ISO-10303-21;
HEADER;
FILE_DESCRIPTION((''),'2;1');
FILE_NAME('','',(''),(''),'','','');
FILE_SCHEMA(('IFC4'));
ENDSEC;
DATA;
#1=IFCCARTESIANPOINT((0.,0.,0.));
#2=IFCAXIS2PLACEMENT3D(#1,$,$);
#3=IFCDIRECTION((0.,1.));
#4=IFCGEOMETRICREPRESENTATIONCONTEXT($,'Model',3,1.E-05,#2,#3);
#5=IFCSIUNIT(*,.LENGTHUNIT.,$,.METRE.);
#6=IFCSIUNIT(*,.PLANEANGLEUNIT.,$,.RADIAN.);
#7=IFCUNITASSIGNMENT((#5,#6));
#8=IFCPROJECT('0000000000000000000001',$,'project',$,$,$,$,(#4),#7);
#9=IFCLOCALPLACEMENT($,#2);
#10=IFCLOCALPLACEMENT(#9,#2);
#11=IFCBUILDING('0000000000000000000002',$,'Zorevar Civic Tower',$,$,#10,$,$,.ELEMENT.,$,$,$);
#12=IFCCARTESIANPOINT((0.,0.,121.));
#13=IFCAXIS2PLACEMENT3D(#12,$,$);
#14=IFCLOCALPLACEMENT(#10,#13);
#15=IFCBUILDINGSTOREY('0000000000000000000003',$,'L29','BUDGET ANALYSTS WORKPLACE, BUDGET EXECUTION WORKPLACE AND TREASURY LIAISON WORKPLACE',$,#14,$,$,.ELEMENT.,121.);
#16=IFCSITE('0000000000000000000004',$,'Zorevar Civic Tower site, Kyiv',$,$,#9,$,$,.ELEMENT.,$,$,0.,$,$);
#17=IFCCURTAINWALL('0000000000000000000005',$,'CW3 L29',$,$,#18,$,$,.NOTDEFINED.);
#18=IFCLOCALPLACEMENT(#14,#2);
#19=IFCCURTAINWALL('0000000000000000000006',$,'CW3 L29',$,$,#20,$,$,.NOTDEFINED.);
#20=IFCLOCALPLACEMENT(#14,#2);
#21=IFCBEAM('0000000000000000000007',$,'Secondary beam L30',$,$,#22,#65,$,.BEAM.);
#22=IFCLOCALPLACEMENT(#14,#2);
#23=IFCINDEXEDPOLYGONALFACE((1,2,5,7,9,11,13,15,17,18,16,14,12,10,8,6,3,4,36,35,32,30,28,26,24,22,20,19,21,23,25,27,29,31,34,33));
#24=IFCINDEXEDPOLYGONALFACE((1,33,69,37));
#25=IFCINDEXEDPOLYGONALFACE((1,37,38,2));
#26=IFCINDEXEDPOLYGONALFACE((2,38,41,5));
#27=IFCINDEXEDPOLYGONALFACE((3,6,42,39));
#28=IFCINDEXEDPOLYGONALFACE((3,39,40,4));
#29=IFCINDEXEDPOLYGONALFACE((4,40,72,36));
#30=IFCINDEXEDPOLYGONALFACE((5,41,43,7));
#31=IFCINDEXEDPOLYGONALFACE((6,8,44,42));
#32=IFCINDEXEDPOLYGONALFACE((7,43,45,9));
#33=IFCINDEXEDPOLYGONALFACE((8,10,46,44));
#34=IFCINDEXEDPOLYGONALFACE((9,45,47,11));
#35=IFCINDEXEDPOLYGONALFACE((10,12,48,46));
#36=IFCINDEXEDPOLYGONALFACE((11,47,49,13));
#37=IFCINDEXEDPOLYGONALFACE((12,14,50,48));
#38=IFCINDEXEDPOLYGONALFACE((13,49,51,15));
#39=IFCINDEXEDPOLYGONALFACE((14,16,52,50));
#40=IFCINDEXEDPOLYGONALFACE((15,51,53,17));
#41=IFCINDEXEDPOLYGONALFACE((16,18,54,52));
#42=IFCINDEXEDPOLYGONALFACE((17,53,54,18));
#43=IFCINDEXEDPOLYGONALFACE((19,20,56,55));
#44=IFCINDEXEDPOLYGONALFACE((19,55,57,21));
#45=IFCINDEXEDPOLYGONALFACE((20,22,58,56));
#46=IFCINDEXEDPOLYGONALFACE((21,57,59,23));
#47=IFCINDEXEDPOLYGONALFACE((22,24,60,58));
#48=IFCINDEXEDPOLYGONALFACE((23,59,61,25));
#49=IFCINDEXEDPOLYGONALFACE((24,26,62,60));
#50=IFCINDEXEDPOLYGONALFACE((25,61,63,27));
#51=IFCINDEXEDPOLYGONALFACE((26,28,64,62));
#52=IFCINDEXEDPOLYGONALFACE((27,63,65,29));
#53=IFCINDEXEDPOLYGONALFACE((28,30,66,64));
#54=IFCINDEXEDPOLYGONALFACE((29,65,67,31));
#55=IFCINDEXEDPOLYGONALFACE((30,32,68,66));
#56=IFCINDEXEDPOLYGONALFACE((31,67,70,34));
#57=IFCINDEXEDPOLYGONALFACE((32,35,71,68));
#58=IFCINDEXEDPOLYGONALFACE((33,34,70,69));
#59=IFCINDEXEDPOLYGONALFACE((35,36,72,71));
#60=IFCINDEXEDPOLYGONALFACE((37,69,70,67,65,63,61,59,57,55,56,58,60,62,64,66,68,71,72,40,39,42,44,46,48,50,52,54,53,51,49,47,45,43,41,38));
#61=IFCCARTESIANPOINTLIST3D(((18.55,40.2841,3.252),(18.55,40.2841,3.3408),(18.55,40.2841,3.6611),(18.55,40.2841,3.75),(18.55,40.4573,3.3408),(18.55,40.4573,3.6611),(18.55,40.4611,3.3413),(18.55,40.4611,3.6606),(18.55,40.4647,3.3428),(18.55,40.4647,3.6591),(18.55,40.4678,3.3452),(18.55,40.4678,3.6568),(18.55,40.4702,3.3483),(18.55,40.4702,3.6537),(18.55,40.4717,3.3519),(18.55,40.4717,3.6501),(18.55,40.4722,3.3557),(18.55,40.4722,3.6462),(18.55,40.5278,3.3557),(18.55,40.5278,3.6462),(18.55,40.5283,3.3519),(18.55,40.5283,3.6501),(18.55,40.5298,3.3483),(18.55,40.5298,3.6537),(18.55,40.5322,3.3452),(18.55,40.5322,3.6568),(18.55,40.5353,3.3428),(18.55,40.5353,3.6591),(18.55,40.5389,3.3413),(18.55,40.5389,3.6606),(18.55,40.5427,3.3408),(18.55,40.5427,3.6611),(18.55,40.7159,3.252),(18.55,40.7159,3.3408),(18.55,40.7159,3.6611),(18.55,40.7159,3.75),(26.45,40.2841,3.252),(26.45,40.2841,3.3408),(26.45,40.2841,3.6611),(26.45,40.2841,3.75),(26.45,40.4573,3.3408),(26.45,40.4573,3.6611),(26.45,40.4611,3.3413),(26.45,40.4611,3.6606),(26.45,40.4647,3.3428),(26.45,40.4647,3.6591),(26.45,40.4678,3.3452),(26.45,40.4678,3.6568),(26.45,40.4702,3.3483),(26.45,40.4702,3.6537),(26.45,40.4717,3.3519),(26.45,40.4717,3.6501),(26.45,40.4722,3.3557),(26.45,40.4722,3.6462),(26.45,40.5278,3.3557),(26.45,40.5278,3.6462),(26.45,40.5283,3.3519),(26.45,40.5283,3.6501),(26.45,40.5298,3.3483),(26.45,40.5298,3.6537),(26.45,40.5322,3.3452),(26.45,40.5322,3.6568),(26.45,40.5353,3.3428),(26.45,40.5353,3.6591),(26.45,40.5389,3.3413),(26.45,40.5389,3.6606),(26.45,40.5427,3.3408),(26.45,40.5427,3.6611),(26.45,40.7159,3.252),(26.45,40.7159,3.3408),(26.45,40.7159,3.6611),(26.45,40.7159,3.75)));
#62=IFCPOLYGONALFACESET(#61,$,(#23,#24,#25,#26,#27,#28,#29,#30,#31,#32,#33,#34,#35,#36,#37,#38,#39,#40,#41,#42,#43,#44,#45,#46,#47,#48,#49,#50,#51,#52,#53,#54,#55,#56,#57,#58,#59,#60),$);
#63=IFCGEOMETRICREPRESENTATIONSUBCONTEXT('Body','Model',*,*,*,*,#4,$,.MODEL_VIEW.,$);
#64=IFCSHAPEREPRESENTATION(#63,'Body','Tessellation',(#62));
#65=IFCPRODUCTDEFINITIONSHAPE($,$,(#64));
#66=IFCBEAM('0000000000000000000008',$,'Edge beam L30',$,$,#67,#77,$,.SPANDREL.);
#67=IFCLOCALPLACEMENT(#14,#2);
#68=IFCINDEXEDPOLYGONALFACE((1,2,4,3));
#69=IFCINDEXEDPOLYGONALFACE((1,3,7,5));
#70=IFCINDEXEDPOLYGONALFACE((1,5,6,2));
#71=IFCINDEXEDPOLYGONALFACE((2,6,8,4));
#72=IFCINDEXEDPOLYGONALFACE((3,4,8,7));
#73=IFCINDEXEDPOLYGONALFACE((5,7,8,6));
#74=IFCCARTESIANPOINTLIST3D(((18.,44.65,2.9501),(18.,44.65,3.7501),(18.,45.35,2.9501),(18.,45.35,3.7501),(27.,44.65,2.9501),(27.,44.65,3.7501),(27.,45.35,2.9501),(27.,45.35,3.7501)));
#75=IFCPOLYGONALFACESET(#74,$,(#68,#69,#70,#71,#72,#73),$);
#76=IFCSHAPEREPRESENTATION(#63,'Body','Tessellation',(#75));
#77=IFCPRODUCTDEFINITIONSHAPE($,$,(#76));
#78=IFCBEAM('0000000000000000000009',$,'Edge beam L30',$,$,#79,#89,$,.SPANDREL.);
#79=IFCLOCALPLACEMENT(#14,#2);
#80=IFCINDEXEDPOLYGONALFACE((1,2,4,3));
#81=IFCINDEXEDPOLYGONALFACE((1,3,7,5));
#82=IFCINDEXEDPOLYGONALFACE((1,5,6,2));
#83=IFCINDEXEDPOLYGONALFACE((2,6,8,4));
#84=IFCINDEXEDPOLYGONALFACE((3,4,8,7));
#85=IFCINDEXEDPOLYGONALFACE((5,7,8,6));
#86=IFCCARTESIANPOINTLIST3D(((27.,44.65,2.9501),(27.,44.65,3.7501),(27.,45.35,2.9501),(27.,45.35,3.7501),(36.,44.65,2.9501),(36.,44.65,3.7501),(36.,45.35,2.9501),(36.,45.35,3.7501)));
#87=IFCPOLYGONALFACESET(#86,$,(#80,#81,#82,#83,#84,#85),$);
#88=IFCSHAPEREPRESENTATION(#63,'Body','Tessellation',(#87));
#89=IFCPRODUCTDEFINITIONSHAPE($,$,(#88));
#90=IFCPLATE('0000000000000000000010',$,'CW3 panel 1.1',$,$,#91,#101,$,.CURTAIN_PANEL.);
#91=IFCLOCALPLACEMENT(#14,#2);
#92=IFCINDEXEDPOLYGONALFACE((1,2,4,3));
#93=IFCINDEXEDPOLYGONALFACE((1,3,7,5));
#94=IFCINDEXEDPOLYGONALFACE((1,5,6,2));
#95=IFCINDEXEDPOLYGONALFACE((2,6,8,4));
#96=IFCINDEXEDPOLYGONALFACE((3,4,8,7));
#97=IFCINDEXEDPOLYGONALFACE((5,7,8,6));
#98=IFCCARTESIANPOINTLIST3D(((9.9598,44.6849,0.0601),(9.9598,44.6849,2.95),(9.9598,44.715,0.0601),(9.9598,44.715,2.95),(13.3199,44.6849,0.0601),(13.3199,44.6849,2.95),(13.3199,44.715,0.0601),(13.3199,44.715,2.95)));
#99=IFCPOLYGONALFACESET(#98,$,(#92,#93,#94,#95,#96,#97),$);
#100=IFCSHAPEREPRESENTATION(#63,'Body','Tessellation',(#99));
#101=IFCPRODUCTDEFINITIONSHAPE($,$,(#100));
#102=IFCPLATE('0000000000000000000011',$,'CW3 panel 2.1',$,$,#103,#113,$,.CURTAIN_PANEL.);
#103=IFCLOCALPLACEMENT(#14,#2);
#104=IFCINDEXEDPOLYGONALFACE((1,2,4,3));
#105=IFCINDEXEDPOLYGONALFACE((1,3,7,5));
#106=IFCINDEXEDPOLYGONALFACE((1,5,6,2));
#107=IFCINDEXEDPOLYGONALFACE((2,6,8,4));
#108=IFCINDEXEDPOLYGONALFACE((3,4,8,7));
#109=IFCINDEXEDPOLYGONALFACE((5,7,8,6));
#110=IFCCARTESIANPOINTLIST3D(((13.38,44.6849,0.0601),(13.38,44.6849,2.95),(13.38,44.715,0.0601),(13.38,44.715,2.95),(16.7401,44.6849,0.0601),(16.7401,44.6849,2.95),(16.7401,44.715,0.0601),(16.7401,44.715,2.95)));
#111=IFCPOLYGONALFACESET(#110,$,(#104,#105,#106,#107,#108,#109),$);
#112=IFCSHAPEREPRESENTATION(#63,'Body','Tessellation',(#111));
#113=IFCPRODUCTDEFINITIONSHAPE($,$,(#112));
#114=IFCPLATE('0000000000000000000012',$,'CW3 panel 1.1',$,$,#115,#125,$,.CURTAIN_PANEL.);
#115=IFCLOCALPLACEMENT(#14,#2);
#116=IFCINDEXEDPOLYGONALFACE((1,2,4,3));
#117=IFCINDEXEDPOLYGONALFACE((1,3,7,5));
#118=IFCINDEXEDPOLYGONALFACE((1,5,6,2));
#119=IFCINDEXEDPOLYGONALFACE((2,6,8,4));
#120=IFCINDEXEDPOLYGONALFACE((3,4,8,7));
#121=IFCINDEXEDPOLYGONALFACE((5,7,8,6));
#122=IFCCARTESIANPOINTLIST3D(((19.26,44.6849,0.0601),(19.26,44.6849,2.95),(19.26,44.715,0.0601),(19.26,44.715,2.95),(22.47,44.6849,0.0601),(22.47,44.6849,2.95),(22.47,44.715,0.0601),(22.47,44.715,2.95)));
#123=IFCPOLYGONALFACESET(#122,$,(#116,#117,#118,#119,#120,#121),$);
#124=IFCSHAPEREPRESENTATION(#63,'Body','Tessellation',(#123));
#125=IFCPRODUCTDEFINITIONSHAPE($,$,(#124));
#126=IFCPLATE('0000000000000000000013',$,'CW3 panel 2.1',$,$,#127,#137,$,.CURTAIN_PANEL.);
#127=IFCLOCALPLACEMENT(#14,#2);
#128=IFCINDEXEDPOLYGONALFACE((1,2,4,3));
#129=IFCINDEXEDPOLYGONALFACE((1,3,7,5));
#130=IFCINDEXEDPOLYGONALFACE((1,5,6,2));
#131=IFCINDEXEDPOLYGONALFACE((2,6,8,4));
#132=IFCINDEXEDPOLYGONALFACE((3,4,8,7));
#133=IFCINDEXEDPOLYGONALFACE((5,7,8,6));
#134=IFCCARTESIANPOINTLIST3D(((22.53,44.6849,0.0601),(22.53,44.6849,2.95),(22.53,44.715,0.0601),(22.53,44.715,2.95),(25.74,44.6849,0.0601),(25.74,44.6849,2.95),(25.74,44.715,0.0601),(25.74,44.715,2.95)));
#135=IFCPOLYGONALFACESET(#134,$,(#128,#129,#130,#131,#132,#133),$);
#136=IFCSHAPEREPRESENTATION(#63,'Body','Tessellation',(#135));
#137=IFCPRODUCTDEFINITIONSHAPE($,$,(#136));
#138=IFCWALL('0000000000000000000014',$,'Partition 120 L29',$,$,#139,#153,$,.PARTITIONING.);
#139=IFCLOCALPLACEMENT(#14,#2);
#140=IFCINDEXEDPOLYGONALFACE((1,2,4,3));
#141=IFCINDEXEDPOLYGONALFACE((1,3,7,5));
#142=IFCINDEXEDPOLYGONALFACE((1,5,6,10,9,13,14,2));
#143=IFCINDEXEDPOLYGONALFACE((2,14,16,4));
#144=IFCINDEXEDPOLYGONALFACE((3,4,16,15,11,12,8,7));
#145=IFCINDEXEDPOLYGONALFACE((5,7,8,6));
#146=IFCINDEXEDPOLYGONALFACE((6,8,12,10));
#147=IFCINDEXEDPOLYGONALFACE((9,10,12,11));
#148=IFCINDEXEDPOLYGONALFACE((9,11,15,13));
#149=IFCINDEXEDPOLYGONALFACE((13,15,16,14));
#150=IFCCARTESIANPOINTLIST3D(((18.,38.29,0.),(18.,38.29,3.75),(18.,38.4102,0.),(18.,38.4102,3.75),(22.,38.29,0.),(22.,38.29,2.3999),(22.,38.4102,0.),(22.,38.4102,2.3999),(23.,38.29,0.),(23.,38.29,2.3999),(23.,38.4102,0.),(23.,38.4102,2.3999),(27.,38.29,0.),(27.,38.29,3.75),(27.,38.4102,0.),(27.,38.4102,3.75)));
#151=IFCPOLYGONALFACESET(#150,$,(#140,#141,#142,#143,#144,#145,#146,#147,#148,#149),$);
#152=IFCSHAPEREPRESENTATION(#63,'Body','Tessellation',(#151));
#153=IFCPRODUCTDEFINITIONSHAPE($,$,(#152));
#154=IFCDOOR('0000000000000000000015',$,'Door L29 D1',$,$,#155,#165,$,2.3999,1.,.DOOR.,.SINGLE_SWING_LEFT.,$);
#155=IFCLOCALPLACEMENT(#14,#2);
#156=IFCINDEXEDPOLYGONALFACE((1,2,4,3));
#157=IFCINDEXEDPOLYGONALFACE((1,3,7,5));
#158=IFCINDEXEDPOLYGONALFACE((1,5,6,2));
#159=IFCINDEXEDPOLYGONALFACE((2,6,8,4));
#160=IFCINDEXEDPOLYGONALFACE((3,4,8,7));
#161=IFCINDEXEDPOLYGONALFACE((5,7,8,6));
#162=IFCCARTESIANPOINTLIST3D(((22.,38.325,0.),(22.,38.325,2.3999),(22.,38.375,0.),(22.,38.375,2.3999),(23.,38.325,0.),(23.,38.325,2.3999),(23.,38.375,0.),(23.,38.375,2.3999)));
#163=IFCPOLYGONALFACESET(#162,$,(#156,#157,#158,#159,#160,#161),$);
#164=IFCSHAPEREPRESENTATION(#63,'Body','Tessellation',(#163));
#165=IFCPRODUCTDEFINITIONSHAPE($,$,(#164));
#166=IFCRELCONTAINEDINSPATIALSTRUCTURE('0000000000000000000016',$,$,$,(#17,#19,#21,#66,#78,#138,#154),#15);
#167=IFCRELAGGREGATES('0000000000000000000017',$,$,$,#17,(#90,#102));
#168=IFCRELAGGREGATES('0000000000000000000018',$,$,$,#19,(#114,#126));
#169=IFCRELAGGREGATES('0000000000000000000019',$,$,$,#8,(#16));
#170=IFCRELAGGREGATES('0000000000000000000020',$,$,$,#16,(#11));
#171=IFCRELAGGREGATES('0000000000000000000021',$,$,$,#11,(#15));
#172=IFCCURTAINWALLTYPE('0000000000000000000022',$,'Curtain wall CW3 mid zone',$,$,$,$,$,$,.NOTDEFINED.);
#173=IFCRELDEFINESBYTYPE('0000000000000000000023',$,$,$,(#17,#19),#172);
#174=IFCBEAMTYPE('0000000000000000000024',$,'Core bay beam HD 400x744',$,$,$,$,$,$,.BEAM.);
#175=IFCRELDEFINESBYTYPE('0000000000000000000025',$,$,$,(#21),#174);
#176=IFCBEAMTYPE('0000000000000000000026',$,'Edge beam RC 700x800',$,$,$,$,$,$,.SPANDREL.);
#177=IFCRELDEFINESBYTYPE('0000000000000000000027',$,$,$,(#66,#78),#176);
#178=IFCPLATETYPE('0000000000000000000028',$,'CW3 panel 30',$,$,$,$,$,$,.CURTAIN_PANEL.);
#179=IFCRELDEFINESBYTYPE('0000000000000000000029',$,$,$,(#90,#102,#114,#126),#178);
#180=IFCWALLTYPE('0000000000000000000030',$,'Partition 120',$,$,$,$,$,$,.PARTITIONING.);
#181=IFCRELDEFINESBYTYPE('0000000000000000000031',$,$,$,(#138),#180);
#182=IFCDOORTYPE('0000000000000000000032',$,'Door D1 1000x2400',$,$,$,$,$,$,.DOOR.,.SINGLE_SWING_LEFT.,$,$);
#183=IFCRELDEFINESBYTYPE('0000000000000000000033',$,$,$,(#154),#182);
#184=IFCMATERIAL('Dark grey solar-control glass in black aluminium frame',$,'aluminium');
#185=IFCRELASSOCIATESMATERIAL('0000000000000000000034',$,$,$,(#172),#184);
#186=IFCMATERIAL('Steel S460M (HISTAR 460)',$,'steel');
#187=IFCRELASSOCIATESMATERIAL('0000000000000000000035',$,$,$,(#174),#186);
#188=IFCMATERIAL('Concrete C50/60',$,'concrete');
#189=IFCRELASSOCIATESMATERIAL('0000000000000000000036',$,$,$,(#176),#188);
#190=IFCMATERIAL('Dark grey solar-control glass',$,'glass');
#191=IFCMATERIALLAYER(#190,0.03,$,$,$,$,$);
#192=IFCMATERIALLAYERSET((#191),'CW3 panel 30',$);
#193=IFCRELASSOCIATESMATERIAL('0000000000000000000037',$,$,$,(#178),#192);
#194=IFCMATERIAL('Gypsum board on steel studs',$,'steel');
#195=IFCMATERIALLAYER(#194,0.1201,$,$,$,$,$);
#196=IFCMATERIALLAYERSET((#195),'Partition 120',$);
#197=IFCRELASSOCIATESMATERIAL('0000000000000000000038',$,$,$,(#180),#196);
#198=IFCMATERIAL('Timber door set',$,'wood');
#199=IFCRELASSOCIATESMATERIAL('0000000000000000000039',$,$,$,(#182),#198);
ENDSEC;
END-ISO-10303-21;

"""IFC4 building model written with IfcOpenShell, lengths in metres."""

from ifc_helpers import new_model, si_unit, direction, frame, frame_2d, origin, origin_2d, place, context, subcontext, project, spatial, rectangle, i_section, extrude, material, layer, layer_set, material_profile, profile_set, type_object, element, fill, aggregate, save


model = new_model("IFC4")

# Units and contexts
model_context = context("Model", 3, precision=1e-05, world=origin(), true_north=direction((0.0, 1.0)))
body_context = subcontext(model_context, "Body", "Model", "MODEL_VIEW")
ifc_project = project(units=[si_unit("LENGTHUNIT", "METRE"), si_unit("PLANEANGLEUNIT", "RADIAN")], contexts=[model_context])

# Site, building, storey
site_placement = place(None, origin())
site = spatial("IfcSite", under=ifc_project, at=site_placement, Name="Zorevar Civic Tower site, Kyiv", CompositionType="ELEMENT", RefElevation=0.0)
building_placement = place(site_placement, origin())
building = spatial("IfcBuilding", under=site, at=building_placement, Name="Zorevar Civic Tower", CompositionType="ELEMENT")
storey_placement = place(building_placement, frame((0.0, 0.0, 121.0)))
storey = spatial("IfcBuildingStorey", under=building, at=storey_placement, Name="L29", Description="BUDGET ANALYSTS WORKPLACE, BUDGET EXECUTION WORKPLACE AND TREASURY LIAISON WORKPLACE", CompositionType="ELEMENT", Elevation=121.0)

# Curtain walls
ifc_material_1 = material(Name="Dark grey solar-control glass in black aluminium frame", Category="aluminium")
curtain_wall_type = type_object("IfcCurtainWallType", Name="Curtain wall CW3 mid zone", PredefinedType="NOTDEFINED", material=ifc_material_1)
curtain_wall_1_placement = place(storey_placement, origin())
curtain_wall_1 = element("IfcCurtainWall", 1, at=curtain_wall_1_placement, inside=storey, type_object=curtain_wall_type, Name="CW3 L29", PredefinedType="NOTDEFINED")
curtain_wall_2_placement = place(storey_placement, origin())
curtain_wall_2 = element("IfcCurtainWall", 2, at=curtain_wall_2_placement, inside=storey, type_object=curtain_wall_type, Name="CW3 L29", PredefinedType="NOTDEFINED")

# Beams
ifc_material_2 = material(Name="Steel S460M (HISTAR 460)", Category="steel")
ifc_material_profile_1 = material_profile(ifc_material_2, i_section(OverallWidth=0.4319, OverallDepth=0.498, WebThickness=0.0557, FlangeThickness=0.0889, FilletRadius=0.0149, at=origin_2d()), Name="HD 400x744")
ifc_profile_set_1 = profile_set([ifc_material_profile_1], Name="Steel S460M (HISTAR 460)")
beam_type_1 = type_object("IfcBeamType", Name="Core bay beam HD 400x744", PredefinedType="BEAM", material=ifc_profile_set_1)
beam_1_placement = place(storey_placement, frame((18.55, 40.5, 3.501), z_axis=(1.0, 0.0, 0.0), x_axis=(0.0, 1.0, 0.0)))
element("IfcBeam", 3, at=beam_1_placement, inside=storey, type_object=beam_type_1, Name="Secondary beam L30", PredefinedType="BEAM", context=body_context, shape_type="SweptSolid", body=[
    extrude(i_section(OverallWidth=0.4319, OverallDepth=0.498, WebThickness=0.0557, FlangeThickness=0.0889, FilletRadius=0.0149, at=origin_2d()), origin(), (0.0, 0.0, 1.0), 7.8999),
])
ifc_material_3 = material(Name="Concrete C50/60", Category="concrete")
ifc_material_profile_2 = material_profile(ifc_material_3, rectangle(XDim=0.7, YDim=0.8, at=origin_2d()), Name="RC 700x800")
ifc_profile_set_2 = profile_set([ifc_material_profile_2], Name="Concrete C50/60")
beam_type_2 = type_object("IfcBeamType", Name="Edge beam RC 700x800", PredefinedType="SPANDREL", material=ifc_profile_set_2)
for number, where, z_axis, x_axis, name in (
    (4, (18.0, 45.0, 3.3501), (1.0, 0.0, 0.0), (0.0, 1.0, 0.0), "Edge beam L30"),
    (5, (27.0, 45.0, 3.3501), (1.0, 0.0, 0.0), (0.0, 1.0, 0.0), "Edge beam L30"),
):
    element("IfcBeam", number, at=place(storey_placement, frame(where, z_axis=z_axis, x_axis=x_axis)), inside=storey, type_object=beam_type_2, Name=name, PredefinedType="SPANDREL", context=body_context, shape_type="SweptSolid", body=[
        extrude(rectangle(XDim=0.7, YDim=0.8, at=origin_2d()), origin(), (0.0, 0.0, 1.0), 9.0),
    ])

# Plates
ifc_material_4 = material(Name="Dark grey solar-control glass", Category="glass")
ifc_layer_1 = layer(ifc_material_4, 0.03)
ifc_layer_set_1 = layer_set([ifc_layer_1], Name="CW3 panel 30")
plate_type = type_object("IfcPlateType", Name="CW3 panel 30", PredefinedType="CURTAIN_PANEL", material=ifc_layer_set_1)
plate_1_placement = place(storey_placement, frame((11.6399, 44.7, 0.0601), z_axis=(0.0, 0.0, 1.0), x_axis=(1.0, 0.0, 0.0)))
plate_1 = element("IfcPlate", 6, at=plate_1_placement, type_object=plate_type, Name="CW3 panel 1.1", PredefinedType="CURTAIN_PANEL", context=body_context, shape_type="SweptSolid", body=[
    extrude(rectangle(XDim=3.3601, YDim=0.03, at=origin_2d()), origin(), (0.0, 0.0, 1.0), 2.8899),
])
plate_2_placement = place(storey_placement, frame((15.0601, 44.7, 0.0601), z_axis=(0.0, 0.0, 1.0), x_axis=(1.0, 0.0, 0.0)))
plate_2 = element("IfcPlate", 7, at=plate_2_placement, type_object=plate_type, Name="CW3 panel 2.1", PredefinedType="CURTAIN_PANEL", context=body_context, shape_type="SweptSolid", body=[
    extrude(rectangle(XDim=3.3601, YDim=0.03, at=origin_2d()), origin(), (0.0, 0.0, 1.0), 2.8899),
])
aggregate(curtain_wall_1, [plate_1, plate_2])
plate_3_placement = place(storey_placement, frame((20.865, 44.7, 0.0601), z_axis=(0.0, 0.0, 1.0), x_axis=(1.0, 0.0, 0.0)))
plate_3 = element("IfcPlate", 8, at=plate_3_placement, type_object=plate_type, Name="CW3 panel 1.1", PredefinedType="CURTAIN_PANEL", context=body_context, shape_type="SweptSolid", body=[
    extrude(rectangle(XDim=3.21, YDim=0.03, at=origin_2d()), origin(), (0.0, 0.0, 1.0), 2.8899),
])
plate_4_placement = place(storey_placement, frame((24.135, 44.7, 0.0601), z_axis=(0.0, 0.0, 1.0), x_axis=(1.0, 0.0, 0.0)))
plate_4 = element("IfcPlate", 9, at=plate_4_placement, type_object=plate_type, Name="CW3 panel 2.1", PredefinedType="CURTAIN_PANEL", context=body_context, shape_type="SweptSolid", body=[
    extrude(rectangle(XDim=3.21, YDim=0.03, at=origin_2d()), origin(), (0.0, 0.0, 1.0), 2.8899),
])
aggregate(curtain_wall_2, [plate_3, plate_4])

# Wall, opening, door
ifc_material_5 = material(Name="Gypsum board on steel studs", Category="steel")
ifc_layer_2 = layer(ifc_material_5, 0.1201)
ifc_layer_set_2 = layer_set([ifc_layer_2], Name="Partition 120")
wall_type = type_object("IfcWallType", Name="Partition 120", PredefinedType="PARTITIONING", material=ifc_layer_set_2)
wall_1_placement = place(storey_placement, frame((18.0, 38.3501, 0.0), z_axis=(0.0, 0.0, 1.0), x_axis=(1.0, 0.0, 0.0)))
wall_1 = element("IfcWall", 10, at=wall_1_placement, inside=storey, type_object=wall_type, Name="Partition 120 L29", PredefinedType="PARTITIONING", context=body_context, shape_type="SweptSolid", body=[
    extrude(rectangle(XDim=9.0, YDim=0.1201, at=frame_2d((4.5, 0.0))), origin(), (0.0, 0.0, 1.0), 3.75),
])
opening_1_placement = place(wall_1_placement, frame((4.0, 0.0, 0.0)))
opening_1 = element("IfcOpeningElement", 11, at=opening_1_placement, cuts=wall_1, PredefinedType="OPENING", context=body_context, shape_type="SweptSolid", body=[
    extrude(rectangle(XDim=1.0, YDim=2.3999, at=frame_2d((0.5, 1.2))), frame((0.0, 0.0701, 0.0), z_axis=(0.0, -1.0, 0.0), x_axis=(1.0, 0.0, 0.0)), (0.0, 0.0, 1.0), 0.1401),
])
ifc_material_6 = material(Name="Timber door set", Category="wood")
door_type = type_object("IfcDoorType", Name="Door D1 1000x2400", OperationType="SINGLE_SWING_LEFT", PredefinedType="DOOR", material=ifc_material_6)
door_1_placement = place(opening_1_placement, origin())
door_1 = element("IfcDoor", 12, at=door_1_placement, inside=storey, type_object=door_type, Name="Door L29 D1", OperationType="SINGLE_SWING_LEFT", OverallHeight=2.3999, OverallWidth=1.0, PredefinedType="DOOR", context=body_context, shape_type="SweptSolid", body=[
    extrude(rectangle(XDim=1.0, YDim=2.3999, at=frame_2d((0.5, 1.2))), frame((0.0, 0.0249, 0.0), z_axis=(0.0, -1.0, 0.0), x_axis=(1.0, 0.0, 0.0)), (0.0, 0.0, 1.0), 0.05),
])
fill(opening_1, door_1)

save(model, "model.ifc")
